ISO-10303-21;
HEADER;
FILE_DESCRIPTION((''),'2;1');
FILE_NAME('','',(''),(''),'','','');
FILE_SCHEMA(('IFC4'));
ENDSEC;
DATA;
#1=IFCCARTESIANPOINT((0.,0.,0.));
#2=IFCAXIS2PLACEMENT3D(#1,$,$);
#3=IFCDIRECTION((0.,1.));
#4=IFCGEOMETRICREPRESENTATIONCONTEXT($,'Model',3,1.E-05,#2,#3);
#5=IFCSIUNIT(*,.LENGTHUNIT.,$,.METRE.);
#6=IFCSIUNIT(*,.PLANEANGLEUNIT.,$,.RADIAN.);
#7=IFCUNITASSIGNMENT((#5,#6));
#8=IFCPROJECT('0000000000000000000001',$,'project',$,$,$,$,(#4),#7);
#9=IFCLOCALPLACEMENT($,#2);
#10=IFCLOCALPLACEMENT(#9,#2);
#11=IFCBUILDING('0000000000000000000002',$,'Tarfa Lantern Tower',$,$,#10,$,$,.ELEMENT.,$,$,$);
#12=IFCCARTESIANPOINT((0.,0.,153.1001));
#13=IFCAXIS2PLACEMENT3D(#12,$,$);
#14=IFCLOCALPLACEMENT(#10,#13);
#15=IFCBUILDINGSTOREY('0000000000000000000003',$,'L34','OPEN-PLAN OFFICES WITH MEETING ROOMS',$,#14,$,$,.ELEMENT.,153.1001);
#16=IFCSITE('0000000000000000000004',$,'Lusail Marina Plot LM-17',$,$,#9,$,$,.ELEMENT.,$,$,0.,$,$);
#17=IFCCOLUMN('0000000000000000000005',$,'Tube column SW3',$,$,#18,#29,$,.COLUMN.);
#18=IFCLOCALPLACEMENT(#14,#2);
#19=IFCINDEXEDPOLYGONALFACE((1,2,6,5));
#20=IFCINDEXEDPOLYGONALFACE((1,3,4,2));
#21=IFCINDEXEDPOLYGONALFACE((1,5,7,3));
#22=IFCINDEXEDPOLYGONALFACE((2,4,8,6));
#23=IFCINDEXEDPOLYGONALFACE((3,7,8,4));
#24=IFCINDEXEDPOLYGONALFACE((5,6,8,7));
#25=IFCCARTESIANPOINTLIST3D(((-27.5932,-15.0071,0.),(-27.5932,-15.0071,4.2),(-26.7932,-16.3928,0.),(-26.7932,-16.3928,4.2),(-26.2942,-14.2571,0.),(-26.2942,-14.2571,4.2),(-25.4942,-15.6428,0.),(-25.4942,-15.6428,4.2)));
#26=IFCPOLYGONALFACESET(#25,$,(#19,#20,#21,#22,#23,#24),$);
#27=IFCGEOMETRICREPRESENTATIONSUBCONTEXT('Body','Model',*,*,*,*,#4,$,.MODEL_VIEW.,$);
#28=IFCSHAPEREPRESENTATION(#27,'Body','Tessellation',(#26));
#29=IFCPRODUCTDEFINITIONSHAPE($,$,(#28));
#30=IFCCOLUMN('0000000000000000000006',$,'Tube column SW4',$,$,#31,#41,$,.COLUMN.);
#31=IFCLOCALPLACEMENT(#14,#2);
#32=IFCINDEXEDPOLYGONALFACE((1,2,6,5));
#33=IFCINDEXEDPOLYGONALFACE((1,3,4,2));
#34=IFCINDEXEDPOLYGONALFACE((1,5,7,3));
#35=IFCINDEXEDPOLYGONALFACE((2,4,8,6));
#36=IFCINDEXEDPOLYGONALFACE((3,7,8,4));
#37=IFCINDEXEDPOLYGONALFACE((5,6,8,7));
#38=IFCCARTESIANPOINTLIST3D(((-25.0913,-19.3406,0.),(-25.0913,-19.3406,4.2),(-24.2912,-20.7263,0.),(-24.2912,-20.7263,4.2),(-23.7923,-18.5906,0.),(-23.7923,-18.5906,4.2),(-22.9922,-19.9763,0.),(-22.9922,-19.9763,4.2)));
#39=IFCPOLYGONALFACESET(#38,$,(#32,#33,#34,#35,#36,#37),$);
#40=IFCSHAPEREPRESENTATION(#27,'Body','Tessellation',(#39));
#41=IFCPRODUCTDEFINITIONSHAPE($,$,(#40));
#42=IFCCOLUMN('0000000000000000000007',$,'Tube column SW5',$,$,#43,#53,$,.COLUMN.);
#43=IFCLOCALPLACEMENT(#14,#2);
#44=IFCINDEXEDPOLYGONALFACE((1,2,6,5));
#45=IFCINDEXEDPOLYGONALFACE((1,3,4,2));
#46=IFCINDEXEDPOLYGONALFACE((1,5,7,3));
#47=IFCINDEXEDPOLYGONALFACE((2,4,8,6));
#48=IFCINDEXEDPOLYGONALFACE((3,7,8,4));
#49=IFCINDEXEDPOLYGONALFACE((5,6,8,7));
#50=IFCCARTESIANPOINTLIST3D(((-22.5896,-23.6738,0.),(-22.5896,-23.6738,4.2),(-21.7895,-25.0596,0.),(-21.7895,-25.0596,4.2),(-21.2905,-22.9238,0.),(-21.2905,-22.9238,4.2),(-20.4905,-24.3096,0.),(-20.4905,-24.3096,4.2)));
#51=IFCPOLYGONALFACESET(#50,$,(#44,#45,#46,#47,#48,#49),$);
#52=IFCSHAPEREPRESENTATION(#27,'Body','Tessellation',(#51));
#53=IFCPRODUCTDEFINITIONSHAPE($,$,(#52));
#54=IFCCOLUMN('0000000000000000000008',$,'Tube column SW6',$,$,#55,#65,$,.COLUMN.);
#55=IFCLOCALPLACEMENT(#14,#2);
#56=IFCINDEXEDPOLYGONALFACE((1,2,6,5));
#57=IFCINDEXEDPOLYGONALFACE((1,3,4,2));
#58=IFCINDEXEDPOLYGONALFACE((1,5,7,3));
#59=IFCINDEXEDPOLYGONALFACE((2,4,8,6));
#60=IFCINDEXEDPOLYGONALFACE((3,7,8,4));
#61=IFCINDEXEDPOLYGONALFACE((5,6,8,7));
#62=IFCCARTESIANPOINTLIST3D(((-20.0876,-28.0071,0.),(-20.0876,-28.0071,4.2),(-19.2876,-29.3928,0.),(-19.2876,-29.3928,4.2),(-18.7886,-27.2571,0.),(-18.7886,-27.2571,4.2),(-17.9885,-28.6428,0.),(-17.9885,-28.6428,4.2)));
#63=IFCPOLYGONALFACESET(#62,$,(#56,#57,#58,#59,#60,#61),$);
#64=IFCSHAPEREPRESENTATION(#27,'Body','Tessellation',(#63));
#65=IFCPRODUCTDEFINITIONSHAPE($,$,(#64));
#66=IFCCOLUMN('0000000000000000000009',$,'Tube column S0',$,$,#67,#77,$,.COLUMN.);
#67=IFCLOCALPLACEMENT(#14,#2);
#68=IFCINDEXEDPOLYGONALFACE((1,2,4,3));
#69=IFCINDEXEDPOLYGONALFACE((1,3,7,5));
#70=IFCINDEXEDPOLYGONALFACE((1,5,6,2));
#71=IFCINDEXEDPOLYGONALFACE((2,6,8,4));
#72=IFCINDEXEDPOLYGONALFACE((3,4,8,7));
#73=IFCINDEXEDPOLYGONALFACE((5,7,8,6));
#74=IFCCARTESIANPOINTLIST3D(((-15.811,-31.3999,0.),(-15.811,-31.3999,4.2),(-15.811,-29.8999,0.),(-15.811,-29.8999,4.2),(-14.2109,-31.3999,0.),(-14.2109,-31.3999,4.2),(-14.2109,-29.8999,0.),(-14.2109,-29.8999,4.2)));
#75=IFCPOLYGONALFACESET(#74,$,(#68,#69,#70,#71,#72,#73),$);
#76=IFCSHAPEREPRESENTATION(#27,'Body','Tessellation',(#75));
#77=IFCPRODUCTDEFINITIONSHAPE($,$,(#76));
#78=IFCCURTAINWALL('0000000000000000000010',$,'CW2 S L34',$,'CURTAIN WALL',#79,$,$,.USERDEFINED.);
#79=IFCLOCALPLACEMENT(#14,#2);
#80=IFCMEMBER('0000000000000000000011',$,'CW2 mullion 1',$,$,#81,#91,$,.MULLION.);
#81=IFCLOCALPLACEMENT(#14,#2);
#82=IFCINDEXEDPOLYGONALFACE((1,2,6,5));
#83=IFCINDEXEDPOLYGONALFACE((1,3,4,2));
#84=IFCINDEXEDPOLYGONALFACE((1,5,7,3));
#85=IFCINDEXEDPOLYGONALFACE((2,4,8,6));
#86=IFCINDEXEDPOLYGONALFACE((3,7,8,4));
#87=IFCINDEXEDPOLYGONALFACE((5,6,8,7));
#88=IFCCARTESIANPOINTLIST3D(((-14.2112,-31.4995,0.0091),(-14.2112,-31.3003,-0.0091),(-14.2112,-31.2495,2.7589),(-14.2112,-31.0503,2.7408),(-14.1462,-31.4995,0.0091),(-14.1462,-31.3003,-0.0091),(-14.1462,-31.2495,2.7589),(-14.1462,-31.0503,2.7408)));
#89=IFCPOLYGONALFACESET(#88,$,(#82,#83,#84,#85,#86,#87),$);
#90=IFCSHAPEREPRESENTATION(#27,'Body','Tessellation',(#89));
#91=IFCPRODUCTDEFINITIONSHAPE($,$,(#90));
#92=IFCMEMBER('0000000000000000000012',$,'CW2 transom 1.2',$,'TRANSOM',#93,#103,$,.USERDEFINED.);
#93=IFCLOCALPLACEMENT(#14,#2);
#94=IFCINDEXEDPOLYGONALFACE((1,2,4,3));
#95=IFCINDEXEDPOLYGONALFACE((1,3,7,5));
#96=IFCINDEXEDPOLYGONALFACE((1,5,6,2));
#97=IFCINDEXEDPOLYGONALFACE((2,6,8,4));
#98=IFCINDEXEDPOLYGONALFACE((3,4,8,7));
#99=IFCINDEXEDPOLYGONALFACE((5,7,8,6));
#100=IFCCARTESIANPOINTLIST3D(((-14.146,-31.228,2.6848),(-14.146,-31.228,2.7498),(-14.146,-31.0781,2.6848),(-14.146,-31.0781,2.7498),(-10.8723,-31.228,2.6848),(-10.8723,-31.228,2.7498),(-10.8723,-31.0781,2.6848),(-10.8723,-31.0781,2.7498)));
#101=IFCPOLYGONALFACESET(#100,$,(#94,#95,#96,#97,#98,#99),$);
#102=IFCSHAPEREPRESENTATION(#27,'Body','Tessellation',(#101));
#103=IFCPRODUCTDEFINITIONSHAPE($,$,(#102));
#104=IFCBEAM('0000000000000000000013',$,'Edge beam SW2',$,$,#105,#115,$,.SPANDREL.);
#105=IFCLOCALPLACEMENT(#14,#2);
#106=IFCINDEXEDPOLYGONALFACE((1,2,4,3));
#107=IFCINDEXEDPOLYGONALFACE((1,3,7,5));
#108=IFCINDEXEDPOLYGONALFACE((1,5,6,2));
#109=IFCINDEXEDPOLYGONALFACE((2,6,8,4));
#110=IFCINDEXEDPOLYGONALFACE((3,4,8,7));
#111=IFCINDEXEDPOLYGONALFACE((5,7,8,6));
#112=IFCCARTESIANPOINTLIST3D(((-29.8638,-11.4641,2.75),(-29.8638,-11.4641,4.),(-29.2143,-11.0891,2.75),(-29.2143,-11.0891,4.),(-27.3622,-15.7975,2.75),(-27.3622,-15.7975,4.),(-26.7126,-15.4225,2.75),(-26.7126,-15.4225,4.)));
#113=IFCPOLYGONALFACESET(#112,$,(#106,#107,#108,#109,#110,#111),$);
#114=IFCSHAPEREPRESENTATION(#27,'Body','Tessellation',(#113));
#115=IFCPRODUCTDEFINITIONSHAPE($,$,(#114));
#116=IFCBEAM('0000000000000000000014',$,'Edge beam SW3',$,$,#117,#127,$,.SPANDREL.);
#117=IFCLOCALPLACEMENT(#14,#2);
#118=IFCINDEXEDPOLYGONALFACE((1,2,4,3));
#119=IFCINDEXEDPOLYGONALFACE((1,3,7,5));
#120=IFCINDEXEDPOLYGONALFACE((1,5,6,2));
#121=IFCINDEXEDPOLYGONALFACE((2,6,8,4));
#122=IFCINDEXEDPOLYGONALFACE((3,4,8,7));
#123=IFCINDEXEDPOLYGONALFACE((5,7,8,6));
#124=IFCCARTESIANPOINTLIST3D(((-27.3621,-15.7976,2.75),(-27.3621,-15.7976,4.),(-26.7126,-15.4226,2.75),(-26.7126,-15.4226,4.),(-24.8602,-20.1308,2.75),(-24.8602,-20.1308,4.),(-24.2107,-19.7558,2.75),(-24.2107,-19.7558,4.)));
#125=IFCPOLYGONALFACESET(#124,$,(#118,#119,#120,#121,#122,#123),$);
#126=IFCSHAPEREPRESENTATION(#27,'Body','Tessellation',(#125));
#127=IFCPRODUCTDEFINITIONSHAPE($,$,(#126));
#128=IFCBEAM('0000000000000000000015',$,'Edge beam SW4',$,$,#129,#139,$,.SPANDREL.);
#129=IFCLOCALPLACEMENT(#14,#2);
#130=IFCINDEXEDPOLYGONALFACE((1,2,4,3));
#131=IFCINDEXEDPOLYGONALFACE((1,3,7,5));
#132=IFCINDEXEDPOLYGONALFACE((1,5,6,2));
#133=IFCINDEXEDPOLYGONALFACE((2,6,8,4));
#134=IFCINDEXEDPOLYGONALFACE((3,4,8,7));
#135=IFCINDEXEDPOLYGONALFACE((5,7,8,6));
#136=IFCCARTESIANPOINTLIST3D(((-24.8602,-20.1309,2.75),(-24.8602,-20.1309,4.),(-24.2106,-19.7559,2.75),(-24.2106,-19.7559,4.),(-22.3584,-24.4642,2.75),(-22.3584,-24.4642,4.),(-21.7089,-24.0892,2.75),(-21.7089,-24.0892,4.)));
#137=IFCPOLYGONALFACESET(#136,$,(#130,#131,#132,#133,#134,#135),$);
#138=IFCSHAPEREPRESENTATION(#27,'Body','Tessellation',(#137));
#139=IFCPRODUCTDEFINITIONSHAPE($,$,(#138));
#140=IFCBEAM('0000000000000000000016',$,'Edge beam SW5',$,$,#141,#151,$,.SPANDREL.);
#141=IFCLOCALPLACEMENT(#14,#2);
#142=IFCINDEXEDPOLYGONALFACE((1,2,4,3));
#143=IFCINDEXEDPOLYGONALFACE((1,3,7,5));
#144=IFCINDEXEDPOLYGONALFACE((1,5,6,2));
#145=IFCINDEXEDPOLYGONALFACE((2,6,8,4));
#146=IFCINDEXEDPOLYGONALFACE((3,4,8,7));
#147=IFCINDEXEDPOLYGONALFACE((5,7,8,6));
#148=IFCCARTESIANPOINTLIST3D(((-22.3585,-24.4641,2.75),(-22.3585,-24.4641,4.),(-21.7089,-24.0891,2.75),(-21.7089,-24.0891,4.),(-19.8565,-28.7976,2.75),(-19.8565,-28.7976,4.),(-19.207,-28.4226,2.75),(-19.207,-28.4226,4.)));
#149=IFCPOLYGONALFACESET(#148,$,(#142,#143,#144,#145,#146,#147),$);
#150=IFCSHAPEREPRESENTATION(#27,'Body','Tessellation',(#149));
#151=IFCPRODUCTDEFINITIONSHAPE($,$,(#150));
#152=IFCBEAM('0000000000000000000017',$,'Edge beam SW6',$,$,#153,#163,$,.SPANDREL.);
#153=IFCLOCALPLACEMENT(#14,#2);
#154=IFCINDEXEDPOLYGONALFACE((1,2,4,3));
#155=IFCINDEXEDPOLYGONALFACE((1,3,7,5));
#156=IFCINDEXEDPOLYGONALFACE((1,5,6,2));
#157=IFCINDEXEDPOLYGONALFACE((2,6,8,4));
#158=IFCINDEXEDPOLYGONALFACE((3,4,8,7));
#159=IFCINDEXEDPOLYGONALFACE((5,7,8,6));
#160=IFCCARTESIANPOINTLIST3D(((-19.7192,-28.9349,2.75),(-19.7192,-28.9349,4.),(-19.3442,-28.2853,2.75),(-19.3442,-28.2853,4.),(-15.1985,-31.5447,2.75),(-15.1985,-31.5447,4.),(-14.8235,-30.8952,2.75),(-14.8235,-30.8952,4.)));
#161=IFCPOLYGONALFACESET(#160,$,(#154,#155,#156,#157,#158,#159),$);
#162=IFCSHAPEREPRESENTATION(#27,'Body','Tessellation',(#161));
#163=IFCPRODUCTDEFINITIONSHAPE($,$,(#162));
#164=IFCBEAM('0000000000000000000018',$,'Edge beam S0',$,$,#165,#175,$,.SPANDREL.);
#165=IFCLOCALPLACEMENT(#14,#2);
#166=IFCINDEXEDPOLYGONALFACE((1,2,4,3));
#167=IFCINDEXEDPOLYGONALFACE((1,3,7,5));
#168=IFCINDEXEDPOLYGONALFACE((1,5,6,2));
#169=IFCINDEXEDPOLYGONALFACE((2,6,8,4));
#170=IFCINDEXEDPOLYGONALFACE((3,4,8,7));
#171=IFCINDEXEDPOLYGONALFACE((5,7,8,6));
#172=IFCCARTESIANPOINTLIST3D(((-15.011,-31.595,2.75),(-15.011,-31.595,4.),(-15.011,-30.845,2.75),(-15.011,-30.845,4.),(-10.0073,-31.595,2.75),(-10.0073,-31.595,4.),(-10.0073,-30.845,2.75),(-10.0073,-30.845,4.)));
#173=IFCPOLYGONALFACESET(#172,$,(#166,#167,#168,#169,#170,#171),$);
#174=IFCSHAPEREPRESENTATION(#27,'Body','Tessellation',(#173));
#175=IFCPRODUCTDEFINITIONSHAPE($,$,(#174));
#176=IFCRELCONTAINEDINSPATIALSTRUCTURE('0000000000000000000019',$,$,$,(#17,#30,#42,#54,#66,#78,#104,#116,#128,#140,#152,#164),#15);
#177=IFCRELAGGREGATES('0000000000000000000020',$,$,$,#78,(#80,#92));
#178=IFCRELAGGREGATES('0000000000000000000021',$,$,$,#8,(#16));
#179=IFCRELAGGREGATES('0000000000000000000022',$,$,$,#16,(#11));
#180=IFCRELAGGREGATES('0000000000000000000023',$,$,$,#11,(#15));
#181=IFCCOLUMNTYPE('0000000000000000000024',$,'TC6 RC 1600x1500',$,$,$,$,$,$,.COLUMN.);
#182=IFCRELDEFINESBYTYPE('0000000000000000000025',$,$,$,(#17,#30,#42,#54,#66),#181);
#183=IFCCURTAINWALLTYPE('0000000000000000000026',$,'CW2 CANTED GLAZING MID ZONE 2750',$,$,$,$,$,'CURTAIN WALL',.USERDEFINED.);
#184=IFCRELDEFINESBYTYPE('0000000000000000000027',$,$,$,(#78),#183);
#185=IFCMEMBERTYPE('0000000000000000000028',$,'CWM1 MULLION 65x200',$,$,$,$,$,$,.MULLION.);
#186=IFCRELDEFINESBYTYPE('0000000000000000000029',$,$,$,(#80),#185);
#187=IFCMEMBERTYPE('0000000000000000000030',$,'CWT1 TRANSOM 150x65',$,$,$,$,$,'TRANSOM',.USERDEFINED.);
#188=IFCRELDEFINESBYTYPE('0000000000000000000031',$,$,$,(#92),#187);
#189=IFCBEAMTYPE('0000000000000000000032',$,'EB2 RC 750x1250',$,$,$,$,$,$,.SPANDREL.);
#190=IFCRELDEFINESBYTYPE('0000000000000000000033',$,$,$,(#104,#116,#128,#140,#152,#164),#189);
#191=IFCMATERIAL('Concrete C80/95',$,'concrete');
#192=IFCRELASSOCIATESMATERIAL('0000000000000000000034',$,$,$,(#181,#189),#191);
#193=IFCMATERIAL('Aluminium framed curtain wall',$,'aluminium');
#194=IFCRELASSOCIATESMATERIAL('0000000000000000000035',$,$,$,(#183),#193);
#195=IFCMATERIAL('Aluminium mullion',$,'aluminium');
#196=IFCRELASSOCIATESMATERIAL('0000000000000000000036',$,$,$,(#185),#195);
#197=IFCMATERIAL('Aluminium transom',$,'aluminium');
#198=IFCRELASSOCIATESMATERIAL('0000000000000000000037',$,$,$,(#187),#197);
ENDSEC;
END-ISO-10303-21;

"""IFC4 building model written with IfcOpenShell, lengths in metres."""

from ifc_helpers import new_model, si_unit, direction, frame, origin, origin_2d, place, context, subcontext, project, spatial, rectangle, extrude, material, material_profile, profile_set, type_object, element, aggregate, save


model = new_model("IFC4")

# Units and contexts
model_context = context("Model", 3, precision=1e-05, world=origin(), true_north=direction((0.0, 1.0)))
body_context = subcontext(model_context, "Body", "Model", "MODEL_VIEW")
ifc_project = project(units=[si_unit("LENGTHUNIT", "METRE"), si_unit("PLANEANGLEUNIT", "RADIAN")], contexts=[model_context])

# Site, building, storey
site_placement = place(None, origin())
site = spatial("IfcSite", under=ifc_project, at=site_placement, Name="Lusail Marina Plot LM-17", CompositionType="ELEMENT", RefElevation=0.0)
building_placement = place(site_placement, origin())
building = spatial("IfcBuilding", under=site, at=building_placement, Name="Tarfa Lantern Tower", CompositionType="ELEMENT")
storey_placement = place(building_placement, frame((0.0, 0.0, 153.1001)))
storey = spatial("IfcBuildingStorey", under=building, at=storey_placement, Name="L34", Description="OPEN-PLAN OFFICES WITH MEETING ROOMS", CompositionType="ELEMENT", Elevation=153.1001)

# Columns
ifc_material_1 = material(Name="Concrete C80/95", Category="concrete")
ifc_material_profile_1 = material_profile(ifc_material_1, rectangle(XDim=1.6001, YDim=1.5, at=origin_2d()), Name="RC 1600x1500")
ifc_profile_set_1 = profile_set([ifc_material_profile_1], Name="Concrete C80/95")
column_type = type_object("IfcColumnType", Name="TC6 RC 1600x1500", PredefinedType="COLUMN", material=ifc_profile_set_1)
for number, where, z_axis, x_axis, name in (
    (1, (-26.5437, -15.325, 0.0), (0.0, 0.0, 1.0), (0.5, -0.866025, 0.0), "Tube column SW3"),
    (2, (-24.0417, -19.6584, 0.0), (0.0, 0.0, 1.0), (0.5, -0.866025, 0.0), "Tube column SW4"),
    (3, (-21.54, -23.9917, 0.0), (0.0, 0.0, 1.0), (0.5, -0.866025, 0.0), "Tube column SW5"),
    (4, (-19.0381, -28.325, 0.0), (0.0, 0.0, 1.0), (0.5, -0.866025, 0.0), "Tube column SW6"),
    (5, (-15.011, -30.6499, 0.0), (0.0, 0.0, 1.0), (1.0, 0.0, 0.0), "Tube column S0"),
):
    element("IfcColumn", number, at=place(storey_placement, frame(where, z_axis=z_axis, x_axis=x_axis)), inside=storey, type_object=column_type, Name=name, PredefinedType="COLUMN", context=body_context, shape_type="SweptSolid", body=[
        extrude(rectangle(XDim=1.6001, YDim=1.5, at=origin_2d()), origin(), (0.0, 0.0, 1.0), 4.2),
    ])

# Curtain wall, members
ifc_material_2 = material(Name="Aluminium framed curtain wall", Category="aluminium")
curtain_wall_type = type_object("IfcCurtainWallType", Name="CW2 CANTED GLAZING MID ZONE 2750", ElementType="CURTAIN WALL", PredefinedType="USERDEFINED", material=ifc_material_2)
curtain_wall_placement = place(storey_placement, origin())
curtain_wall = element("IfcCurtainWall", 6, at=curtain_wall_placement, inside=storey, type_object=curtain_wall_type, Name="CW2 S L34", ObjectType="CURTAIN WALL", PredefinedType="USERDEFINED")
ifc_material_3 = material(Name="Aluminium mullion", Category="aluminium")
ifc_material_profile_2 = material_profile(ifc_material_3, rectangle(XDim=0.0649, YDim=0.2, at=origin_2d()), Name="AL MULLION 65x200")
ifc_profile_set_2 = profile_set([ifc_material_profile_2], Name="Aluminium mullion")
member_type_1 = type_object("IfcMemberType", Name="CWM1 MULLION 65x200", PredefinedType="MULLION", material=ifc_profile_set_2)
member_1_placement = place(storey_placement, frame((-14.1787, -31.3999, 0.0), z_axis=(0.0, 0.090536, 0.995893), x_axis=(-1.0, 0.0, 0.0)))
member_1 = element("IfcMember", 7, at=member_1_placement, type_object=member_type_1, Name="CW2 mullion 1", PredefinedType="MULLION", context=body_context, shape_type="SweptSolid", body=[
    extrude(rectangle(XDim=0.0649, YDim=0.2, at=origin_2d()), origin(), (0.0, 0.0, 1.0), 2.7612),
])
ifc_material_4 = material(Name="Aluminium transom", Category="aluminium")
ifc_material_profile_3 = material_profile(ifc_material_4, rectangle(XDim=0.1499, YDim=0.0649, at=origin_2d()), Name="AL TRANSOM 150x65")
ifc_profile_set_3 = profile_set([ifc_material_profile_3], Name="Aluminium transom")
member_type_2 = type_object("IfcMemberType", Name="CWT1 TRANSOM 150x65", ElementType="TRANSOM", PredefinedType="USERDEFINED", material=ifc_profile_set_3)
member_2_placement = place(storey_placement, frame((-14.146, -31.1531, 2.7173), z_axis=(1.0, 0.0, 0.0), x_axis=(0.0, 1.0, 0.0)))
member_2 = element("IfcMember", 8, at=member_2_placement, type_object=member_type_2, Name="CW2 transom 1.2", ObjectType="TRANSOM", PredefinedType="USERDEFINED", context=body_context, shape_type="SweptSolid", body=[
    extrude(rectangle(XDim=0.1499, YDim=0.0649, at=origin_2d()), origin(), (0.0, 0.0, 1.0), 3.2737),
])

# Beams
ifc_material_profile_4 = material_profile(ifc_material_1, rectangle(XDim=0.75, YDim=1.25, at=origin_2d()), Name="RC 750x1250")
ifc_profile_set_4 = profile_set([ifc_material_profile_4], Name="Concrete C80/95")
beam_type_1 = type_object("IfcBeamType", Name="EB2 RC 750x1250", PredefinedType="SPANDREL", material=ifc_profile_set_4)
for number, where, z_axis, x_axis, name in (
    (9, (-29.5391, -11.2766, 3.375), (0.499965, -0.866046, 0.0), (0.866046, 0.499965, 0.0), "Edge beam SW2"),
    (10, (-27.0374, -15.6101, 3.375), (0.500022, -0.866013, 0.0), (0.866013, 0.500022, 0.0), "Edge beam SW3"),
    (11, (-24.5354, -19.9434, 3.375), (0.499986, -0.866034, 0.0), (0.866034, 0.499986, 0.0), "Edge beam SW4"),
):
    element("IfcBeam", number, at=place(storey_placement, frame(where, z_axis=z_axis, x_axis=x_axis)), inside=storey, type_object=beam_type_1, Name=name, PredefinedType="SPANDREL", context=body_context, shape_type="SweptSolid", body=[
        extrude(rectangle(XDim=0.75, YDim=1.25, at=origin_2d()), origin(), (0.0, 0.0, 1.0), 5.0037),
    ])
beam_1_placement = place(storey_placement, frame((-22.0337, -24.2766, 3.375), z_axis=(0.500001, -0.866025, 0.0), x_axis=(0.866025, 0.500001, 0.0)))
element("IfcBeam", 12, at=beam_1_placement, inside=storey, type_object=beam_type_1, Name="Edge beam SW5", PredefinedType="SPANDREL", context=body_context, shape_type="SweptSolid", body=[
    extrude(rectangle(XDim=0.75, YDim=1.25, at=origin_2d()), origin(), (0.0, 0.0, 1.0), 5.0039),
])
beam_2_placement = place(storey_placement, frame((-19.5317, -28.6101, 3.375), z_axis=(0.866042, -0.499972, 0.0), x_axis=(0.499972, 0.866042, 0.0)))
element("IfcBeam", 13, at=beam_2_placement, inside=storey, type_object=beam_type_1, Name="Edge beam SW6", PredefinedType="SPANDREL", context=body_context, shape_type="SweptSolid", body=[
    extrude(rectangle(XDim=0.75, YDim=1.25, at=origin_2d()), origin(), (0.0, 0.0, 1.0), 5.22),
])
beam_3_placement = place(storey_placement, frame((-15.011, -31.22, 3.375), z_axis=(1.0, 0.0, 0.0), x_axis=(0.0, 1.0, 0.0)))
element("IfcBeam", 14, at=beam_3_placement, inside=storey, type_object=beam_type_1, Name="Edge beam S0", PredefinedType="SPANDREL", context=body_context, shape_type="SweptSolid", body=[
    extrude(rectangle(XDim=0.75, YDim=1.25, at=origin_2d()), origin(), (0.0, 0.0, 1.0), 5.0037),
])

aggregate(curtain_wall, [member_1, member_2])

save(model, "model.ifc")
